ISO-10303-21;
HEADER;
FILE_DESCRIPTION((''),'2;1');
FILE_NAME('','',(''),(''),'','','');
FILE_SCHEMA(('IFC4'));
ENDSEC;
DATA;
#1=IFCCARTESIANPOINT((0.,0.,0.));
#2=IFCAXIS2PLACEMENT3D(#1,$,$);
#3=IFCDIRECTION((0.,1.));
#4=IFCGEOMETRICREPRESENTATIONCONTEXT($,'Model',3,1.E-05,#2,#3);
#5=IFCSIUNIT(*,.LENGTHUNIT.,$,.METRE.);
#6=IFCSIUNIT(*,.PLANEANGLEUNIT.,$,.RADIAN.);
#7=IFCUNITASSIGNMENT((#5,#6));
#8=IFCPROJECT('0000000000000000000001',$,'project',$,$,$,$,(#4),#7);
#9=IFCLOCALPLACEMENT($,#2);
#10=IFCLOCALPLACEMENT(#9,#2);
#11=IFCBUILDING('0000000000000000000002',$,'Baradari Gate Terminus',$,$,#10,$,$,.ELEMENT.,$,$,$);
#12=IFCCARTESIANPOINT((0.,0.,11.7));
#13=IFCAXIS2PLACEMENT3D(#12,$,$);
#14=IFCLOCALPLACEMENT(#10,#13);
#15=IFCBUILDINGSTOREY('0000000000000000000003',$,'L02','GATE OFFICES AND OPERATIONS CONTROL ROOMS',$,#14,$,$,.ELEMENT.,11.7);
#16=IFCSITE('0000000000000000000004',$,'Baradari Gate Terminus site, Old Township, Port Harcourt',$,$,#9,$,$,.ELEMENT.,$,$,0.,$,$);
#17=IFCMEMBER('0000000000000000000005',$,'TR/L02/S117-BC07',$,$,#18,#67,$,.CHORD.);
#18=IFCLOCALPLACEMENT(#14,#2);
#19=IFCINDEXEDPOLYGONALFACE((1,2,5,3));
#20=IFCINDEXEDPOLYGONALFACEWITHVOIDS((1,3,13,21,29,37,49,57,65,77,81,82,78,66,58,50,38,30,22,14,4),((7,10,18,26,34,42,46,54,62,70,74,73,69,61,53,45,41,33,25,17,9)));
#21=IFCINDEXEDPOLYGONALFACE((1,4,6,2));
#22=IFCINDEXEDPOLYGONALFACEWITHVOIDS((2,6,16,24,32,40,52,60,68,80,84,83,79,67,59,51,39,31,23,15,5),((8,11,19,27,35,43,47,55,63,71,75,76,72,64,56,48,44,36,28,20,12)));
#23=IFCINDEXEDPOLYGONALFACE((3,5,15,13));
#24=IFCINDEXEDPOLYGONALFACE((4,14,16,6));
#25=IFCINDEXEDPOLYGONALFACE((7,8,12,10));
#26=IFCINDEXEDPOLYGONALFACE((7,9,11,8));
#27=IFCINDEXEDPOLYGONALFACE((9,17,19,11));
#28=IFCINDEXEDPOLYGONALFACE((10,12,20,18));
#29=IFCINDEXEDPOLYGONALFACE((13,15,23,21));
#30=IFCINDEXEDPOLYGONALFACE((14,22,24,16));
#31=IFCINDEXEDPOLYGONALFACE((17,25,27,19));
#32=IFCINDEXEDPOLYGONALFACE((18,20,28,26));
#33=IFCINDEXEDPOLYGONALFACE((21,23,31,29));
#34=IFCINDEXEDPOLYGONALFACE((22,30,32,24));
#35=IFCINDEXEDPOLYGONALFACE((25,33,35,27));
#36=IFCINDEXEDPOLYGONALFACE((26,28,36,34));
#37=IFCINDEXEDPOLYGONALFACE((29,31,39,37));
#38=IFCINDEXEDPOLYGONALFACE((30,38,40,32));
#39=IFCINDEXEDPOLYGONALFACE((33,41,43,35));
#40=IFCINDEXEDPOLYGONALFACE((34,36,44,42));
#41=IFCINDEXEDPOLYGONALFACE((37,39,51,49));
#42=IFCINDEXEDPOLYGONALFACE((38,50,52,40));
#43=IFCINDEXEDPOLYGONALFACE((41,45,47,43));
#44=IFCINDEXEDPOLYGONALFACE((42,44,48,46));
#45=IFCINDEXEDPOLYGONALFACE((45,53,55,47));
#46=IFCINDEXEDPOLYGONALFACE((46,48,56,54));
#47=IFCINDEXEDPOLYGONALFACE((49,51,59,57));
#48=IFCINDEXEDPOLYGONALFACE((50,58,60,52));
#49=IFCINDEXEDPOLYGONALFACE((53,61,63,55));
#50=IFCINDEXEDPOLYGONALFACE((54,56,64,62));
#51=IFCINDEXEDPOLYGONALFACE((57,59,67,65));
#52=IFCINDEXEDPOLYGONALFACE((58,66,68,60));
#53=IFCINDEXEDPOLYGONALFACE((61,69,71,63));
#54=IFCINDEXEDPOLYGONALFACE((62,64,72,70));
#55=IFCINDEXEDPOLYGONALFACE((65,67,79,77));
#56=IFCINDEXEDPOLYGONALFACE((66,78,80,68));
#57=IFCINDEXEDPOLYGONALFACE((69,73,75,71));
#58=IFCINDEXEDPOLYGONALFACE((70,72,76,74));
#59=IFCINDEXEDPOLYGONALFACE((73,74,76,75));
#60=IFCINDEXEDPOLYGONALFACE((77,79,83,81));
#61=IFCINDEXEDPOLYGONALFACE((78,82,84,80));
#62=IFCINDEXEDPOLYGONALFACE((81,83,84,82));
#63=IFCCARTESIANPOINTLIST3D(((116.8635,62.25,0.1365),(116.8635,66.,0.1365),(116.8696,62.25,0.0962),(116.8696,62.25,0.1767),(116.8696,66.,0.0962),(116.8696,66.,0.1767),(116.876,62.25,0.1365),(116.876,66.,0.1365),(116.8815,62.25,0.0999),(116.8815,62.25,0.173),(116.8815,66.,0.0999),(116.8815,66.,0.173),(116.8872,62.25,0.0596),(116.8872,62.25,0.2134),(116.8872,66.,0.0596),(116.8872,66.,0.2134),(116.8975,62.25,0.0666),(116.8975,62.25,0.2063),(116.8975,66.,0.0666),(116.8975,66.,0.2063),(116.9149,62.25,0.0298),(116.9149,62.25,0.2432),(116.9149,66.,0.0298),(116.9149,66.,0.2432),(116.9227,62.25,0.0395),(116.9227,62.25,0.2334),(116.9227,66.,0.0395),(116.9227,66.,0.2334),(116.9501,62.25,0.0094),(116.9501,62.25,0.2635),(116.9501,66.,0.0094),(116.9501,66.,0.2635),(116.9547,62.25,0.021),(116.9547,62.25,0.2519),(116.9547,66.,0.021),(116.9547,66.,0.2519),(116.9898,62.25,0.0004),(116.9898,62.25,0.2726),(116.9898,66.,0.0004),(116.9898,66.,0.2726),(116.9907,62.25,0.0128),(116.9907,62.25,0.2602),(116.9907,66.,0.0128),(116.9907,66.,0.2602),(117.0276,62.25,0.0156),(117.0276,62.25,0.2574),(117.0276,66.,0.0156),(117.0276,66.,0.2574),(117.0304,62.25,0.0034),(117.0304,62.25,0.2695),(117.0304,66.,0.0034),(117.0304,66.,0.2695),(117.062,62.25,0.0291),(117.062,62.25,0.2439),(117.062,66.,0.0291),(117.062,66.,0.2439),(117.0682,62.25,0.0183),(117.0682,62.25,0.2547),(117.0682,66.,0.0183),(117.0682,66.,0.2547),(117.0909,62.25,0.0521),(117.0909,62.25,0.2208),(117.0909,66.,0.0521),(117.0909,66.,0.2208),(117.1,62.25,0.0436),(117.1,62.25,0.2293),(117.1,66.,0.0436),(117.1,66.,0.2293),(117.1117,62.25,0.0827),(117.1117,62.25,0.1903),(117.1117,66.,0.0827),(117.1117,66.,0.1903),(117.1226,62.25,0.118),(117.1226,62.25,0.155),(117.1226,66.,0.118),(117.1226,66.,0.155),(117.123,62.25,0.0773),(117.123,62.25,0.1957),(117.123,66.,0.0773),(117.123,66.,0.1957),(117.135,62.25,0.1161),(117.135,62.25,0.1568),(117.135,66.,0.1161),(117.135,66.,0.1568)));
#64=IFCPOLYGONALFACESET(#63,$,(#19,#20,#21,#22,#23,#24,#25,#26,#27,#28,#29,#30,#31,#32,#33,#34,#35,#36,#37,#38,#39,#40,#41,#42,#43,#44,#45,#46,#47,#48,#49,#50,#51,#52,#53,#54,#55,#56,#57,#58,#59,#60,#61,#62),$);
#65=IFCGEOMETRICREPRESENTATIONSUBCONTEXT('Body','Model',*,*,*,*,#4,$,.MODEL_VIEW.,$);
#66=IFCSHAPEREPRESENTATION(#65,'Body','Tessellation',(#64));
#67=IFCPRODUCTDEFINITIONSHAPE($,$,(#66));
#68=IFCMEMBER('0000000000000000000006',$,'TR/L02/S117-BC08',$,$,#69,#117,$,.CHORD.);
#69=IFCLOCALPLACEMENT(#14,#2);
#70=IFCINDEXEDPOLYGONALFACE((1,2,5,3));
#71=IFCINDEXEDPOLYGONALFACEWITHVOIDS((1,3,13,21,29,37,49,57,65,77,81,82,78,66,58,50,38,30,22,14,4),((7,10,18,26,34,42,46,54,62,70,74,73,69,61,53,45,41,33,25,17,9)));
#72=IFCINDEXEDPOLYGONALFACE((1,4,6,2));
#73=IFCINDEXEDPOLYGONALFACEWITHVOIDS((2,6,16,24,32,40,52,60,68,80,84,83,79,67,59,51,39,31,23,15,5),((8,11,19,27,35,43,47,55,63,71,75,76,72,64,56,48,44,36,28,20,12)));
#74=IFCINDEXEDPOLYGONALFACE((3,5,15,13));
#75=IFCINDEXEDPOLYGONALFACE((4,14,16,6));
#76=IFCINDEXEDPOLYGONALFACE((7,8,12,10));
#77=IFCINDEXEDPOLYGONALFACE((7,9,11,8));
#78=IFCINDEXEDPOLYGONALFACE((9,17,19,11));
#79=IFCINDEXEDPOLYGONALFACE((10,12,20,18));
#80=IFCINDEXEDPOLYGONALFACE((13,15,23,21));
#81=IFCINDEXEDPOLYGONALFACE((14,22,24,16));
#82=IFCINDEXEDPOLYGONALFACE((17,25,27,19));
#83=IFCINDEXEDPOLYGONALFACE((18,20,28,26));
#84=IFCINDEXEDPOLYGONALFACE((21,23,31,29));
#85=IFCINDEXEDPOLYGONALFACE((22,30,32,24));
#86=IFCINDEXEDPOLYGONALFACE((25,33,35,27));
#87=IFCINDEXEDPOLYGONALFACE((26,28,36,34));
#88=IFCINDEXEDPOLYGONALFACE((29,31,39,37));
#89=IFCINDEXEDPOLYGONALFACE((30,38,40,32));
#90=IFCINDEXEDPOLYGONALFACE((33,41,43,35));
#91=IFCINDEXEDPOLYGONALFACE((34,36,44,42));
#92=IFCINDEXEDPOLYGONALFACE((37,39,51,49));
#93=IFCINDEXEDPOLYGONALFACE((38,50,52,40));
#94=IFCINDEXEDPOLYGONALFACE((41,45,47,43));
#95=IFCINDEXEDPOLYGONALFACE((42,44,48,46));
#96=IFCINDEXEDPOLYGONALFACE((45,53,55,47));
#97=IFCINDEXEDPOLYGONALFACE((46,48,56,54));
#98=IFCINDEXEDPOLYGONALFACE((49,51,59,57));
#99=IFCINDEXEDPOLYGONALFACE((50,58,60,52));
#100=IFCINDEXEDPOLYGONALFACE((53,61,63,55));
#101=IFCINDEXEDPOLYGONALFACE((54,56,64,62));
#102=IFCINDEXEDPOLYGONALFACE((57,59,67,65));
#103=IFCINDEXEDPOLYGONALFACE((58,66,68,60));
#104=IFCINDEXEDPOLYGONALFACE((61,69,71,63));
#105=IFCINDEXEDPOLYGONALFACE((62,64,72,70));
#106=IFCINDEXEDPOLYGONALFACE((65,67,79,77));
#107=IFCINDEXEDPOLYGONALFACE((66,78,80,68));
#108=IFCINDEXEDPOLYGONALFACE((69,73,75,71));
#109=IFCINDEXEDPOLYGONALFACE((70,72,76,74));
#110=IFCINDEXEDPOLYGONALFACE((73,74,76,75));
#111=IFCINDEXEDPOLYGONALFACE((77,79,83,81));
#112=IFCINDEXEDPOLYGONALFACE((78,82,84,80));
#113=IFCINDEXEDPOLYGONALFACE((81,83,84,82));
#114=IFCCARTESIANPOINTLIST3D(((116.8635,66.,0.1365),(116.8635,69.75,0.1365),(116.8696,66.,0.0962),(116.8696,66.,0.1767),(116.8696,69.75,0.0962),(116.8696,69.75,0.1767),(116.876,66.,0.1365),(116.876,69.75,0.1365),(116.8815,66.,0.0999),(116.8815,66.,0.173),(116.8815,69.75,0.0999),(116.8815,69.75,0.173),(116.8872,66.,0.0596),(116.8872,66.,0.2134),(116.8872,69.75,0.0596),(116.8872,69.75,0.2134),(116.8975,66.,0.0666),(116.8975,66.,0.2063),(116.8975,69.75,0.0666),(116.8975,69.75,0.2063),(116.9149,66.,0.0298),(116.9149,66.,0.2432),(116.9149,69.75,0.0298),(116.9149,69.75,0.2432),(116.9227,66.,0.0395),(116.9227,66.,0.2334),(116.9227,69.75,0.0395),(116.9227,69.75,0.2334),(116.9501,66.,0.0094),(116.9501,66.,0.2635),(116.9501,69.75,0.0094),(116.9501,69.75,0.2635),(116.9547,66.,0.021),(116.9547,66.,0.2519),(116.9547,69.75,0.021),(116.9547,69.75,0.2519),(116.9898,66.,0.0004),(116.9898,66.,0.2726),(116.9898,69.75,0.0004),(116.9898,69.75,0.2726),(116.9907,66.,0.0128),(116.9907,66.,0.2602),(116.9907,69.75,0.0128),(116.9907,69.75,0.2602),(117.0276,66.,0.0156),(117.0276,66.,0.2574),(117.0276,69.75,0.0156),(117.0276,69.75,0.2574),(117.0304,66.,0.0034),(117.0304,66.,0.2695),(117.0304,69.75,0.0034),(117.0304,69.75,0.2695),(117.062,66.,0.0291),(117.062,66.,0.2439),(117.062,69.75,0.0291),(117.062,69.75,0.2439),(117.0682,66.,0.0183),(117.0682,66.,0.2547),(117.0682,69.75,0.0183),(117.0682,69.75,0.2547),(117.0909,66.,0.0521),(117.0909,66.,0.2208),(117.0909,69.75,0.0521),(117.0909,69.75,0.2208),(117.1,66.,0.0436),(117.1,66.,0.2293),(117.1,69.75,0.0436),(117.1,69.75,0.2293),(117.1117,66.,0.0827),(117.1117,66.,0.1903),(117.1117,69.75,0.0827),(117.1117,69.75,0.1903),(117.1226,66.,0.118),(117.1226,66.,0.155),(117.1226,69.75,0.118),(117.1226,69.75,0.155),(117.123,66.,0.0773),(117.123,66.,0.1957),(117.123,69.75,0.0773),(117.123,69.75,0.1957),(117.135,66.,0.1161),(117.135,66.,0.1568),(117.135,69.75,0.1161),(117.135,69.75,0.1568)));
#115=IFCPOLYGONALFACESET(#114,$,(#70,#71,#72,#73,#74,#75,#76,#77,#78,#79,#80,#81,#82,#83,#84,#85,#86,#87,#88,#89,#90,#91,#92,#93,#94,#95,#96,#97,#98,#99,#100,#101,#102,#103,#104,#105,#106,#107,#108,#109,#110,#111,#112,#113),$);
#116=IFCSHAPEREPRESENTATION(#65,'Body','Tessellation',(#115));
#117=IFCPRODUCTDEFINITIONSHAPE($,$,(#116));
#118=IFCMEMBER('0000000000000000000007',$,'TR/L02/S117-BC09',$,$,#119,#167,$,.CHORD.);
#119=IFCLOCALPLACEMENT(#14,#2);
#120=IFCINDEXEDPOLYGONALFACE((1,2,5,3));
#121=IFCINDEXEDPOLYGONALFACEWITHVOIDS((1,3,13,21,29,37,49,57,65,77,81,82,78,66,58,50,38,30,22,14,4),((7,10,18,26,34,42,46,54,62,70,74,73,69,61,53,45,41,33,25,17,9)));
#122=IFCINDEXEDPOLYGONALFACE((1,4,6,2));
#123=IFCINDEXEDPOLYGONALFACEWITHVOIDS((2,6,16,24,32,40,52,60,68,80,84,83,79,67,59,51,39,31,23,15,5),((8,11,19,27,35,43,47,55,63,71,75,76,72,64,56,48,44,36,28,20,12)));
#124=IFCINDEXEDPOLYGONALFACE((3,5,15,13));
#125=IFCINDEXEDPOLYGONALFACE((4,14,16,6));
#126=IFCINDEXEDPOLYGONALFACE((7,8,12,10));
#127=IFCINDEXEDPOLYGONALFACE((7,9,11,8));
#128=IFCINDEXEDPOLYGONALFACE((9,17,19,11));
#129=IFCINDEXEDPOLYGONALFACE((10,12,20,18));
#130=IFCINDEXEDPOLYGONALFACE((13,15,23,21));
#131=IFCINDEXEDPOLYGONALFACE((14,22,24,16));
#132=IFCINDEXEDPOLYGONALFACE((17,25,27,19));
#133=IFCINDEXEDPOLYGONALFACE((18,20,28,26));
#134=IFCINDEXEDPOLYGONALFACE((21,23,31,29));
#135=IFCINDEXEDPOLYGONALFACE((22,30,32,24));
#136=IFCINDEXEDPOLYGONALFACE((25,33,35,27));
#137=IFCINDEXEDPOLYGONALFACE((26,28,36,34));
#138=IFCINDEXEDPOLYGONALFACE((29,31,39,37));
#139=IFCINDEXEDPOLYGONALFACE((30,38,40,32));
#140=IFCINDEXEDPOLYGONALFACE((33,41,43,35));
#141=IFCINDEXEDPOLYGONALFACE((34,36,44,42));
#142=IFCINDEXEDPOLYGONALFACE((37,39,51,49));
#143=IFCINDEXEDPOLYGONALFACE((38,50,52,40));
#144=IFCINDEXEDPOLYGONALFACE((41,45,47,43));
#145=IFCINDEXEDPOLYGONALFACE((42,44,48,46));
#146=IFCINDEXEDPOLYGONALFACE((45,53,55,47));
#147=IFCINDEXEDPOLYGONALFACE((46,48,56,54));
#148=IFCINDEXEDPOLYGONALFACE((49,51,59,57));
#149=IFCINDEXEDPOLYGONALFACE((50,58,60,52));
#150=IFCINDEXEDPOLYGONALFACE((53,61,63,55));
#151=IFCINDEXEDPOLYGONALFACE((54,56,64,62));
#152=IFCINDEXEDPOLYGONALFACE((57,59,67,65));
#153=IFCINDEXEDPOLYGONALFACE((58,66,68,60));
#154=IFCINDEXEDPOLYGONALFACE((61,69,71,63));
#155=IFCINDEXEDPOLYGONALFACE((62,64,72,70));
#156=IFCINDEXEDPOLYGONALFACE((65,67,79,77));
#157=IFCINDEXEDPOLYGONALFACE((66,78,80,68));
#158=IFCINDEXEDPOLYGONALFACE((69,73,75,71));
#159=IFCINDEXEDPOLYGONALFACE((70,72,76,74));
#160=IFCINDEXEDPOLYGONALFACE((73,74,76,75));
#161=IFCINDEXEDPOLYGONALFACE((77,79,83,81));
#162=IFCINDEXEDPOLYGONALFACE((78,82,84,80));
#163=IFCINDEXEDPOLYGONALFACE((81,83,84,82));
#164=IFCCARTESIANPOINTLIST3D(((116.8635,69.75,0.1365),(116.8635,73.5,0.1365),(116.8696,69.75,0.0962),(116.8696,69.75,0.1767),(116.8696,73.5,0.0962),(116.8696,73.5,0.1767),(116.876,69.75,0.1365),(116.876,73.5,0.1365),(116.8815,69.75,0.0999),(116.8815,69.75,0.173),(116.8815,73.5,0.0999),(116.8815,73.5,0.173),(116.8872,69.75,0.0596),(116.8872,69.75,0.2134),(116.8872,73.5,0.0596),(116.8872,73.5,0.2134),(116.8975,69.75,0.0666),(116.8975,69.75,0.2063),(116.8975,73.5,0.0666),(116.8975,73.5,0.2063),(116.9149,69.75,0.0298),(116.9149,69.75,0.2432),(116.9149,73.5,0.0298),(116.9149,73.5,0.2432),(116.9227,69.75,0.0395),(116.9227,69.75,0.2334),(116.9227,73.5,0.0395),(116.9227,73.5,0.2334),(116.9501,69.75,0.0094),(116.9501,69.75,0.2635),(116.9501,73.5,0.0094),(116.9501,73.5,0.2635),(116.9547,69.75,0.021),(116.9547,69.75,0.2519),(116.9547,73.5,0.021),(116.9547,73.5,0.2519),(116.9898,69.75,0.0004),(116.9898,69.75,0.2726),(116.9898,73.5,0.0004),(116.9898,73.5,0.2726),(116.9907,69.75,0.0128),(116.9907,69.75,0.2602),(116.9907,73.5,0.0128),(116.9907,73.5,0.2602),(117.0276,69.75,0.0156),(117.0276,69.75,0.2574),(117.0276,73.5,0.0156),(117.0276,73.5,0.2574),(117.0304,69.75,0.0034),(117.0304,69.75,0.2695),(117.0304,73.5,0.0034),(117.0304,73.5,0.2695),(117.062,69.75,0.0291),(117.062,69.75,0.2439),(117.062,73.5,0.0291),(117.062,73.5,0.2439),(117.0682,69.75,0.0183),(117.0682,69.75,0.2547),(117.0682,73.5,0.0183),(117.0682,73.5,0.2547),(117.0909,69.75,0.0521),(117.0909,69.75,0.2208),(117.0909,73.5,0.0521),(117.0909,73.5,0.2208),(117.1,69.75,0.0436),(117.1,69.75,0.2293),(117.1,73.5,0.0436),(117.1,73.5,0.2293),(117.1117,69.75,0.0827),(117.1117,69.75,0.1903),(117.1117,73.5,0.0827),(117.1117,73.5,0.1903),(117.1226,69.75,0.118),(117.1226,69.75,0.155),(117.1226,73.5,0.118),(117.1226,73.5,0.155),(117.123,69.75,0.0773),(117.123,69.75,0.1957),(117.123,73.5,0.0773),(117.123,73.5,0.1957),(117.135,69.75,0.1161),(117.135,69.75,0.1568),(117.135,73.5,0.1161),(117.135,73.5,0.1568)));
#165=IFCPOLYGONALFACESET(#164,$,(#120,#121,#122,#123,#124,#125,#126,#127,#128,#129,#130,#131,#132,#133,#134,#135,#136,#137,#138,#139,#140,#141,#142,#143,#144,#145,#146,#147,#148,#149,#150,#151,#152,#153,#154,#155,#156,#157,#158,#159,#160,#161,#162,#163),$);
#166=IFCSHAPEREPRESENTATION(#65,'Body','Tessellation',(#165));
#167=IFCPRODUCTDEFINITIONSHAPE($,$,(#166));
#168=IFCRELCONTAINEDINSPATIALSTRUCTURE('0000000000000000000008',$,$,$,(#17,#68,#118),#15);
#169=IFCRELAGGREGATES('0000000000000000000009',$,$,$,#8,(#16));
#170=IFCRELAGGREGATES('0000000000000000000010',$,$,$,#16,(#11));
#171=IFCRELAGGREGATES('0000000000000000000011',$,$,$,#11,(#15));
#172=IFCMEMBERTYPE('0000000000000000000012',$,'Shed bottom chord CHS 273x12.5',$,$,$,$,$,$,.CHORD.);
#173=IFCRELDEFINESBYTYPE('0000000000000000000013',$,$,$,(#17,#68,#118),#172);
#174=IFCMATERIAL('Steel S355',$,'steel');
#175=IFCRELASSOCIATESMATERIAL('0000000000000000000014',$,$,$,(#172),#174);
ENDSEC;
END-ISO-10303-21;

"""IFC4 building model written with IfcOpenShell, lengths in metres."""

from ifc_helpers import new_model, si_unit, direction, frame, origin, origin_2d, place, context, subcontext, project, spatial, hollow_circle, extrude, material, material_profile, profile_set, type_object, element, save


model = new_model("IFC4")

# Units and contexts
model_context = context("Model", 3, precision=1e-05, world=origin(), true_north=direction((0.0, 1.0)))
body_context = subcontext(model_context, "Body", "Model", "MODEL_VIEW")
ifc_project = project(units=[si_unit("LENGTHUNIT", "METRE"), si_unit("PLANEANGLEUNIT", "RADIAN")], contexts=[model_context])

# Site, building, storey
site_placement = place(None, origin())
site = spatial("IfcSite", under=ifc_project, at=site_placement, Name="Baradari Gate Terminus site, Old Township, Port Harcourt", CompositionType="ELEMENT", RefElevation=0.0)
building_placement = place(site_placement, origin())
building = spatial("IfcBuilding", under=site, at=building_placement, Name="Baradari Gate Terminus", CompositionType="ELEMENT")
storey_placement = place(building_placement, frame((0.0, 0.0, 11.7)))
storey = spatial("IfcBuildingStorey", under=building, at=storey_placement, Name="L02", Description="GATE OFFICES AND OPERATIONS CONTROL ROOMS", CompositionType="ELEMENT", Elevation=11.7)

# Members
ifc_material_1 = material(Name="Steel S355", Category="steel")
ifc_material_profile_1 = material_profile(ifc_material_1, hollow_circle(Radius=0.1365, WallThickness=0.0125, at=origin_2d()), Name="CHS 273x12.5")
ifc_profile_set_1 = profile_set([ifc_material_profile_1], Name="Steel S355")
member_type_1 = type_object("IfcMemberType", Name="Shed bottom chord CHS 273x12.5", PredefinedType="CHORD", material=ifc_profile_set_1)
for number, where, z_axis, x_axis, name in (
    (1, (117.0, 62.25, 0.1365), (0.0, 1.0, 0.0), (-1.0, 0.0, 0.0), "TR/L02/S117-BC07"),
    (2, (117.0, 66.0, 0.1365), (0.0, 1.0, 0.0), (-1.0, 0.0, 0.0), "TR/L02/S117-BC08"),
    (3, (117.0, 69.75, 0.1365), (0.0, 1.0, 0.0), (-1.0, 0.0, 0.0), "TR/L02/S117-BC09"),
):
    element("IfcMember", number, at=place(storey_placement, frame(where, z_axis=z_axis, x_axis=x_axis)), inside=storey, type_object=member_type_1, Name=name, PredefinedType="CHORD", context=body_context, shape_type="SweptSolid", body=[
        extrude(hollow_circle(Radius=0.1365, WallThickness=0.0125, at=origin_2d()), origin(), (0.0, 0.0, 1.0), 3.75),
    ])

save(model, "model.ifc")
